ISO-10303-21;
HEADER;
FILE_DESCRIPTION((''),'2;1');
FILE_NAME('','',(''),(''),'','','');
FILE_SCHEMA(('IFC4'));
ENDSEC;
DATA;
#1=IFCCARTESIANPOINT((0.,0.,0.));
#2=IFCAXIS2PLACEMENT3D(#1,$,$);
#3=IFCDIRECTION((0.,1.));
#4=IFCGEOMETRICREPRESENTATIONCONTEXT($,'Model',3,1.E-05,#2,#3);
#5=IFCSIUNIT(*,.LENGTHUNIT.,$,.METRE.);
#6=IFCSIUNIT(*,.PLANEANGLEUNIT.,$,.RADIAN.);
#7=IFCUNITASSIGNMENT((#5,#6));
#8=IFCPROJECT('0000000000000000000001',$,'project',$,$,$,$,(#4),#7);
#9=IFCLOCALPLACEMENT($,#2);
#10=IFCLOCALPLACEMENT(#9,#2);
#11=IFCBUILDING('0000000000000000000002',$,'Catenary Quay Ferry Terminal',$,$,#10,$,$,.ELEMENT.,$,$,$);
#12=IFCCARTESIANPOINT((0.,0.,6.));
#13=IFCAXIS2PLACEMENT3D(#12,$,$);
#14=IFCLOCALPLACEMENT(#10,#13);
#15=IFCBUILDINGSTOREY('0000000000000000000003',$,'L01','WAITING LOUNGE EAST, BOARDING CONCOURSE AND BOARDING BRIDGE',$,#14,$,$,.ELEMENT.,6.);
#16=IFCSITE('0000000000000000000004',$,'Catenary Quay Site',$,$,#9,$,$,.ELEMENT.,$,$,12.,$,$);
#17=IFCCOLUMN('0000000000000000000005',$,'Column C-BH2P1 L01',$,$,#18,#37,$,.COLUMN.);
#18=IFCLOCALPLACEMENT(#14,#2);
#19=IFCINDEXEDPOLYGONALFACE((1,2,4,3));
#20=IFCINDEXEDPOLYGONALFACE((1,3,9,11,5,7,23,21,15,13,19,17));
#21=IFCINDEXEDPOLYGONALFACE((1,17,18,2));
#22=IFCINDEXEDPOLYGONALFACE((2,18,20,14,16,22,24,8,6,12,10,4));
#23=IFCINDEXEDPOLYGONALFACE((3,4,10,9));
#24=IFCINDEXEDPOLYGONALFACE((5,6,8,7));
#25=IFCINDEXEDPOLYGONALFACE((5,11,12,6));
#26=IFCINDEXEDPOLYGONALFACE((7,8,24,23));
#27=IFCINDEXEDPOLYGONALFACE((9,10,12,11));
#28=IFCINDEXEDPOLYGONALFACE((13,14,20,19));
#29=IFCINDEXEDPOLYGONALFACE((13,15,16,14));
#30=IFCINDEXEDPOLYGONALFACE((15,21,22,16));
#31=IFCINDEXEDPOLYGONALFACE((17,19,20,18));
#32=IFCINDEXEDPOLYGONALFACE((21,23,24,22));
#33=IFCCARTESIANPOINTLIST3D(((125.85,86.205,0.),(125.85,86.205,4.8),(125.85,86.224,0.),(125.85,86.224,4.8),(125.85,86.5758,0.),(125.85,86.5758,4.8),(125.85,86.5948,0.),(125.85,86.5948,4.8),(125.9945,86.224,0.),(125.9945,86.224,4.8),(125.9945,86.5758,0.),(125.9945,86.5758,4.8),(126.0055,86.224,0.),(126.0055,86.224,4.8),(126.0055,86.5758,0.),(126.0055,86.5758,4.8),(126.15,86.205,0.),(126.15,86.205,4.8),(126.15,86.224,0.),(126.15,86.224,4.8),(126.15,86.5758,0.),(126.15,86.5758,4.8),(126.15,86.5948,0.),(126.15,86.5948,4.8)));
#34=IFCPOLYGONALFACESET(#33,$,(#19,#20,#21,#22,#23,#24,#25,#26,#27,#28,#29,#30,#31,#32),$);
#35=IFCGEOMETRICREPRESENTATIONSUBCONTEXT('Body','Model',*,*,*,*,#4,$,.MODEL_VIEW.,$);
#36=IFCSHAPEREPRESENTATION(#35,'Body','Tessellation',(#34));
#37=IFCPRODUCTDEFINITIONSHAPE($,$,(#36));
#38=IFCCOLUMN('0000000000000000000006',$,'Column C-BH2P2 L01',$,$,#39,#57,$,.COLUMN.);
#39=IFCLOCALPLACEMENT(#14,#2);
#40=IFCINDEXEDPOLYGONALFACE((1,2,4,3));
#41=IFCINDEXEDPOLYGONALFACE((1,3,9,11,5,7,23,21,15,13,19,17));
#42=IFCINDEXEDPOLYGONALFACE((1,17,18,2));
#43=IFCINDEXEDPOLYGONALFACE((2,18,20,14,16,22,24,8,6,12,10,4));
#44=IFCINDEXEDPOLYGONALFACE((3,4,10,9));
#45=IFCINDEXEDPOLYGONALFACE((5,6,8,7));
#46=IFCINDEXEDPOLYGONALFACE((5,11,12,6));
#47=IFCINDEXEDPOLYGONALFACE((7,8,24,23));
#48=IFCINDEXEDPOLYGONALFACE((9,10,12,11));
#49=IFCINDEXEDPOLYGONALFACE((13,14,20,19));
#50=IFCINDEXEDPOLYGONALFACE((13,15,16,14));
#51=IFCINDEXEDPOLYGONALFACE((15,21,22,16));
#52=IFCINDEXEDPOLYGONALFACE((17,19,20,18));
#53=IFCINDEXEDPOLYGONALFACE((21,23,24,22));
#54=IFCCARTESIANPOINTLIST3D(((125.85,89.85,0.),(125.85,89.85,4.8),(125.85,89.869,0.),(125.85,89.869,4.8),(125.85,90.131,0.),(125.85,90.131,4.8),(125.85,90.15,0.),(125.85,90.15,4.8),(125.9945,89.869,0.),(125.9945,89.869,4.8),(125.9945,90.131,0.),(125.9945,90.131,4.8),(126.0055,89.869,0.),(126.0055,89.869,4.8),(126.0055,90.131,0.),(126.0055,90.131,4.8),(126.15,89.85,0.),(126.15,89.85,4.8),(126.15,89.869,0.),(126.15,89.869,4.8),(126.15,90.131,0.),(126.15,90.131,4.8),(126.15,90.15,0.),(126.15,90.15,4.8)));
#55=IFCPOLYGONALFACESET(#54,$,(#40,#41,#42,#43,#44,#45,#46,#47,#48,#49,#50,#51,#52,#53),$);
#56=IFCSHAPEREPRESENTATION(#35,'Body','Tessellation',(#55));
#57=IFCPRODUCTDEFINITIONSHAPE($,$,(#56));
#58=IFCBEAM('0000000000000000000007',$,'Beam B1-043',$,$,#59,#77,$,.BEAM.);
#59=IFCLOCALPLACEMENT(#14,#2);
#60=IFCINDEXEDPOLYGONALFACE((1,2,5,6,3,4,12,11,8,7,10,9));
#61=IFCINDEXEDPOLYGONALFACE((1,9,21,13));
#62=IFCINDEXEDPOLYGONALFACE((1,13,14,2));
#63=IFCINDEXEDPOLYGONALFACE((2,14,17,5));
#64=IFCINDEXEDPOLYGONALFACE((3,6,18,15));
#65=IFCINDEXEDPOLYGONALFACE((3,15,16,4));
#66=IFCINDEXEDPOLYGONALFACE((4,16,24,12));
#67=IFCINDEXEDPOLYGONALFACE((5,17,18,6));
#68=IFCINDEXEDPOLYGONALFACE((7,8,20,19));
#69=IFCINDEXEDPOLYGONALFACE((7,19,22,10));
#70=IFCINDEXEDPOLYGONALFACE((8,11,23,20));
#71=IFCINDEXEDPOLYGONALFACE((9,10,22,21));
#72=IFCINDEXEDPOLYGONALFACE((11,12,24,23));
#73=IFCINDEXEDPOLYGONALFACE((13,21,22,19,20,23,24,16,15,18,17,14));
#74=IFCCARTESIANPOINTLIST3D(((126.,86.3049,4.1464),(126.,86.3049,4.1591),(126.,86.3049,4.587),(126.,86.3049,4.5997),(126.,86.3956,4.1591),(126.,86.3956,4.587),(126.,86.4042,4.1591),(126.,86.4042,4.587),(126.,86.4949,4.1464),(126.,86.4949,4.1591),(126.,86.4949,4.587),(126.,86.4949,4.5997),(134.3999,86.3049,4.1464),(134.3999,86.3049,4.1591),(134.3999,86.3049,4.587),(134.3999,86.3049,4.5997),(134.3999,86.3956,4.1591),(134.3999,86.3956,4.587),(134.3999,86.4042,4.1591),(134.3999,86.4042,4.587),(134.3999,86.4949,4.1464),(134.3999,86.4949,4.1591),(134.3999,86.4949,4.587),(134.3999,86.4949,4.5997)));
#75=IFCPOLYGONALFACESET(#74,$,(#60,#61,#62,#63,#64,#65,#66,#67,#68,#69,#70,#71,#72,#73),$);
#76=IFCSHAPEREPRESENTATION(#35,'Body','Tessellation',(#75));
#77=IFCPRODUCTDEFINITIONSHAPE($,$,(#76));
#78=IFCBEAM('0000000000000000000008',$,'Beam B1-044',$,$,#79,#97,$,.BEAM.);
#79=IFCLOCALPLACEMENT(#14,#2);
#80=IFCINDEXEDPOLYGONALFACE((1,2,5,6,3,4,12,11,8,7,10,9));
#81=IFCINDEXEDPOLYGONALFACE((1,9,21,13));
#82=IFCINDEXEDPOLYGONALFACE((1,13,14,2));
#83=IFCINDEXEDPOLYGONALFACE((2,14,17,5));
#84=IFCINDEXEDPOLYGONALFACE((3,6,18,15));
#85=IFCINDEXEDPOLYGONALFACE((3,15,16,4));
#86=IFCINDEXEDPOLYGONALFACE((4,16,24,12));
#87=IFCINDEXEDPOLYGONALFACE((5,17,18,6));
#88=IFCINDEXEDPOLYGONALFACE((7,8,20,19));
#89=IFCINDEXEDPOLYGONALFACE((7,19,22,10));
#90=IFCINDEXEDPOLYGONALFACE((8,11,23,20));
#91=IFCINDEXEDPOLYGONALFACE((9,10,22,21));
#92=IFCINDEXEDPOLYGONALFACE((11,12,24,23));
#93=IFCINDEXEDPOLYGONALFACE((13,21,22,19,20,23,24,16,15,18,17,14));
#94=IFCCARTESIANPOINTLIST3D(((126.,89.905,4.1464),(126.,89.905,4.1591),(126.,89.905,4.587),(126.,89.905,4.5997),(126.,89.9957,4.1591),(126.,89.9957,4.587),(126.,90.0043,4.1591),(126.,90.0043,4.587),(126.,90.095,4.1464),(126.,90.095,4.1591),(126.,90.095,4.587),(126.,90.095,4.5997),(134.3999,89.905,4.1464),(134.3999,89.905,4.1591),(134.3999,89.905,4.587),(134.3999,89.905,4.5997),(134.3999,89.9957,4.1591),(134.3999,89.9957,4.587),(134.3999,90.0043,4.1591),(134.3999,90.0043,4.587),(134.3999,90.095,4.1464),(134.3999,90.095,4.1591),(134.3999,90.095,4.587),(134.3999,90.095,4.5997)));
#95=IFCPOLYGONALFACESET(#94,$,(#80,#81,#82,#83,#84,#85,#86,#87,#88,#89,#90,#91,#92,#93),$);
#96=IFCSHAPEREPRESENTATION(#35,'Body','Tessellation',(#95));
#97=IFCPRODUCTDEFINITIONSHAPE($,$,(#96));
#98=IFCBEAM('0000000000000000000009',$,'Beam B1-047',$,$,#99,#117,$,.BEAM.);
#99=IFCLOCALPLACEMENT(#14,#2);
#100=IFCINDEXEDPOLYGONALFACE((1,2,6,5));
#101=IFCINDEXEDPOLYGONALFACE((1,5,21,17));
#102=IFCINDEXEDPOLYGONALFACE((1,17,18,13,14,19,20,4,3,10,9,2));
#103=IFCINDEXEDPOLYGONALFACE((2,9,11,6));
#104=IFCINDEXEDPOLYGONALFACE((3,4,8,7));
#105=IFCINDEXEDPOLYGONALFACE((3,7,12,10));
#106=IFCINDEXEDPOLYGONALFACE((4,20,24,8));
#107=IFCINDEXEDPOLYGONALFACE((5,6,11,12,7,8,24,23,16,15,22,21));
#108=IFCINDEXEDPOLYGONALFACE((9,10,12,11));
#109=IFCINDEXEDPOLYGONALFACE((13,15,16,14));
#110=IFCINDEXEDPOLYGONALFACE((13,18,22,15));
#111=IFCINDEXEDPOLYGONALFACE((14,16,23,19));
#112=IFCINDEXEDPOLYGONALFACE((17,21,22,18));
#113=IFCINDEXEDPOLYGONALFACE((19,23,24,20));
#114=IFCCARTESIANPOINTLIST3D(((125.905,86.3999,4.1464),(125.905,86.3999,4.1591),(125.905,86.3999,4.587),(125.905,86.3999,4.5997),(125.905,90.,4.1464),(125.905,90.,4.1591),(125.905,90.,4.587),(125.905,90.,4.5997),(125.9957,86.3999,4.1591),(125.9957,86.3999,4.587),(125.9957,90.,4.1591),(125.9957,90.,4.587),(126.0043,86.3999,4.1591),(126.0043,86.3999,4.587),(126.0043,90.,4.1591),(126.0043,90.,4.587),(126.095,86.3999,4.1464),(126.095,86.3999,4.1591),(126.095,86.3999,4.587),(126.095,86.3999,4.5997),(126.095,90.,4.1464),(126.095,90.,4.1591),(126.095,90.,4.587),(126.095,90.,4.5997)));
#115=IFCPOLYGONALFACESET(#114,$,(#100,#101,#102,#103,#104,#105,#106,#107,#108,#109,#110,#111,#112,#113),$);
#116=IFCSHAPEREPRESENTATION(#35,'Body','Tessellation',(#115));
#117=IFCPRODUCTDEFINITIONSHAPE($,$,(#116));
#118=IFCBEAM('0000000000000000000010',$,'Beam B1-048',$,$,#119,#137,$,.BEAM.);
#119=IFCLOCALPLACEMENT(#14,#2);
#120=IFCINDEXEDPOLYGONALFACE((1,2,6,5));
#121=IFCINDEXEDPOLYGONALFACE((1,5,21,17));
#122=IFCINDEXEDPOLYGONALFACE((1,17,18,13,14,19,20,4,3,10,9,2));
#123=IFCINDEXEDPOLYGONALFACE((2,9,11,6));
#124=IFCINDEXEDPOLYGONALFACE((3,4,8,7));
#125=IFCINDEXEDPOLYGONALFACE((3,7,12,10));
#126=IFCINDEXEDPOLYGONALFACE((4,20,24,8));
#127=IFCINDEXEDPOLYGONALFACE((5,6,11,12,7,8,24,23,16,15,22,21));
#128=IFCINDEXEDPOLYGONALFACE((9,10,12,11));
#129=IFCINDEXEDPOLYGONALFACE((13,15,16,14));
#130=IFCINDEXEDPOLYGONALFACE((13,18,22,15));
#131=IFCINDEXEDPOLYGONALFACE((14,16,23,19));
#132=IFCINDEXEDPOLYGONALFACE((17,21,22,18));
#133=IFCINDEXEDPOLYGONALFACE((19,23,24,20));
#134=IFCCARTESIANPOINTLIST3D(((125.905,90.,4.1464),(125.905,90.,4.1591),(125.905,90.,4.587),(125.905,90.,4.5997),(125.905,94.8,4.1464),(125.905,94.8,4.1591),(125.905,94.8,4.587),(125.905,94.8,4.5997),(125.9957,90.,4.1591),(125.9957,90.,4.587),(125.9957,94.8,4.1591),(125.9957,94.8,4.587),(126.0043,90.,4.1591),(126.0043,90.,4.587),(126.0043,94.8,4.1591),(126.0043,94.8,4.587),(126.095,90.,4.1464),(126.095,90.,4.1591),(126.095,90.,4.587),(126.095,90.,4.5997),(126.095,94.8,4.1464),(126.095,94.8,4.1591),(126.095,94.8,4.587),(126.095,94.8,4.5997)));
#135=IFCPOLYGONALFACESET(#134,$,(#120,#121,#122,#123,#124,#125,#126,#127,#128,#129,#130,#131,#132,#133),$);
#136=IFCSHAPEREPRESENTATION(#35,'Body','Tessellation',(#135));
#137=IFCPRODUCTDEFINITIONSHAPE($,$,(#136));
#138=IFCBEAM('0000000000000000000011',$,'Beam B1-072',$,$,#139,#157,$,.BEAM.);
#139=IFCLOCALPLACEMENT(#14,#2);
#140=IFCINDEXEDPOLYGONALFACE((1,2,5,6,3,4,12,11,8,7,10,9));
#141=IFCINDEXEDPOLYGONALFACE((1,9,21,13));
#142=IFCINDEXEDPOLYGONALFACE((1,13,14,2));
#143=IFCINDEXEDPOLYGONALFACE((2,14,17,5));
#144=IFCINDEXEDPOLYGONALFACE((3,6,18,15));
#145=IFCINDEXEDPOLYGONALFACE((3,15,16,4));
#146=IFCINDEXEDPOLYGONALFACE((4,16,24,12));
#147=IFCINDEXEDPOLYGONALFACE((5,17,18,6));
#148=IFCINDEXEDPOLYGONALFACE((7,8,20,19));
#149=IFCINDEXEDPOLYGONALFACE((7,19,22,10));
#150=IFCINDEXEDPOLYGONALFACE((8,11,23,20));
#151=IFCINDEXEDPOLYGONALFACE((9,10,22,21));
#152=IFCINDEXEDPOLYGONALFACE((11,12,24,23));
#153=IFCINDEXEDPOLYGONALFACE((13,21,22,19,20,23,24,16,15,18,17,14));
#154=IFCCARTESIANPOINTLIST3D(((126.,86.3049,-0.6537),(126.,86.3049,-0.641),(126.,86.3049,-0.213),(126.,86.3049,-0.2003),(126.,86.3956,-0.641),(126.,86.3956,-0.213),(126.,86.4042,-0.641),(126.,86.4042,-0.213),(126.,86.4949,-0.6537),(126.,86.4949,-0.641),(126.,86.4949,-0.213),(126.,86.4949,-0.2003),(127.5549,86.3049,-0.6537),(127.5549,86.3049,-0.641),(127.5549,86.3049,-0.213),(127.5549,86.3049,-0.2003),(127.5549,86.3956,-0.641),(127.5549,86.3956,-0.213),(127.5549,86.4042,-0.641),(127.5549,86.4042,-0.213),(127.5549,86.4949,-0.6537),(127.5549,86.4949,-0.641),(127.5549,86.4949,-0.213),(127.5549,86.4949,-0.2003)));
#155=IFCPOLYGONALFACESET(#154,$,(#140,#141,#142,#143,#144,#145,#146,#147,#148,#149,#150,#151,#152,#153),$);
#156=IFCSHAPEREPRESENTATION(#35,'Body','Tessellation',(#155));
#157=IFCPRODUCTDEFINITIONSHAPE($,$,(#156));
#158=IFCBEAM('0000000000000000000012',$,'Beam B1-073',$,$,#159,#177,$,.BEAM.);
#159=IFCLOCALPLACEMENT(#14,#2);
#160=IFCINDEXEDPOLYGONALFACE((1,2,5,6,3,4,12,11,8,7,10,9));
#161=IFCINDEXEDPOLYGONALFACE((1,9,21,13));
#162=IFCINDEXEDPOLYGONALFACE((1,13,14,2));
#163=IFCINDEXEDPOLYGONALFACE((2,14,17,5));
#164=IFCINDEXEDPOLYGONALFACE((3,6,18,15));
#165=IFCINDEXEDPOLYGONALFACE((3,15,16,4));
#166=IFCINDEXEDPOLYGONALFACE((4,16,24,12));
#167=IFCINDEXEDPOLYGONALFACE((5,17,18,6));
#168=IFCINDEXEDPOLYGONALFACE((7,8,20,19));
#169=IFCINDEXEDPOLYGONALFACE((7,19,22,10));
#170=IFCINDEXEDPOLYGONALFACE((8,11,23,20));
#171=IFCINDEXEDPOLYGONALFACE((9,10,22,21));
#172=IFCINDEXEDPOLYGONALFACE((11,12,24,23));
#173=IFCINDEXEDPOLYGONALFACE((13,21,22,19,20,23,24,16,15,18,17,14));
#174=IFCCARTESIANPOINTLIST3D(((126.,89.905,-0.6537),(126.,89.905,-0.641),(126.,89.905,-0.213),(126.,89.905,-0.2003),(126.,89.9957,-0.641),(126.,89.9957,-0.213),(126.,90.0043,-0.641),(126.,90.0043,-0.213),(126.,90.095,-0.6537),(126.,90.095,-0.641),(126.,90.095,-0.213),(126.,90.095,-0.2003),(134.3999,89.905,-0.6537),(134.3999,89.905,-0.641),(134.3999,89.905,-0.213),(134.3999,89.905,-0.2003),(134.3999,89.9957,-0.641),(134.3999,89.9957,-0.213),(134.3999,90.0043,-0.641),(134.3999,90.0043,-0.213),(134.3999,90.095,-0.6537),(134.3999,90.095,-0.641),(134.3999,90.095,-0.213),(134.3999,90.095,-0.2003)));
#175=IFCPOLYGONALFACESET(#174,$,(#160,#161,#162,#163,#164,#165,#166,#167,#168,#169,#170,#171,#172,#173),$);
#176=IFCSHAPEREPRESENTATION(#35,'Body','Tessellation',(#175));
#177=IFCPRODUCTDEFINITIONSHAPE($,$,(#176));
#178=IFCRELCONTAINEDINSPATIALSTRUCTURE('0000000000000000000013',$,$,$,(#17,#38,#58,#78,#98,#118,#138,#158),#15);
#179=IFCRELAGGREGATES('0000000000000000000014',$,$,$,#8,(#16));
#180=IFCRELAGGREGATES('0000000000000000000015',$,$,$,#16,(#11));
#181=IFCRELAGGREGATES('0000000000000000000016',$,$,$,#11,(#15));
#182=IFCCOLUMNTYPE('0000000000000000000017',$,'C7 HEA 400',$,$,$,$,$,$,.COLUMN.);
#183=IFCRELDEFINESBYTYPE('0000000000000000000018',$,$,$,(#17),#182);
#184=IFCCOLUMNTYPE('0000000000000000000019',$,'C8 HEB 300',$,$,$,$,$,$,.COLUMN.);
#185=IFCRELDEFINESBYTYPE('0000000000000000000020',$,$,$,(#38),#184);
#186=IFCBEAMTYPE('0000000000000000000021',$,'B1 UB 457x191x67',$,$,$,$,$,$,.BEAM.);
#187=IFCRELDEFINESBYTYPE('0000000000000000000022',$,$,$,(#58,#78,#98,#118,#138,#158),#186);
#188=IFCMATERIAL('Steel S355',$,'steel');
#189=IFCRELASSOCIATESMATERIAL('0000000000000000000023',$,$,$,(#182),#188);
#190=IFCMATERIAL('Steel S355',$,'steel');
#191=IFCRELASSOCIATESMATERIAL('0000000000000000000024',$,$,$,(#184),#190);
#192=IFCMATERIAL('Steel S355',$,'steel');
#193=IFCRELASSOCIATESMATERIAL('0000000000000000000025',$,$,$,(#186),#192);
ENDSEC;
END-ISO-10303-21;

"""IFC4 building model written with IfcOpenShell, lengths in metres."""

from ifc_helpers import new_model, si_unit, direction, frame, origin, origin_2d, place, context, subcontext, project, spatial, i_section, extrude, material, material_profile, profile_set, type_object, element, save


model = new_model("IFC4")

# Units and contexts
model_context = context("Model", 3, precision=1e-05, world=origin(), true_north=direction((0.0, 1.0)))
body_context = subcontext(model_context, "Body", "Model", "MODEL_VIEW")
ifc_project = project(units=[si_unit("LENGTHUNIT", "METRE"), si_unit("PLANEANGLEUNIT", "RADIAN")], contexts=[model_context])

# Site, building, storey
site_placement = place(None, origin())
site = spatial("IfcSite", under=ifc_project, at=site_placement, Name="Catenary Quay Site", CompositionType="ELEMENT", RefElevation=12.0)
building_placement = place(site_placement, origin())
building = spatial("IfcBuilding", under=site, at=building_placement, Name="Catenary Quay Ferry Terminal", CompositionType="ELEMENT")
storey_placement = place(building_placement, frame((0.0, 0.0, 6.0)))
storey = spatial("IfcBuildingStorey", under=building, at=storey_placement, Name="L01", Description="WAITING LOUNGE EAST, BOARDING CONCOURSE AND BOARDING BRIDGE", CompositionType="ELEMENT", Elevation=6.0)

# Columns
ifc_material_1 = material(Name="Steel S355", Category="steel")
ifc_material_profile_1 = material_profile(ifc_material_1, i_section(OverallWidth=0.3, OverallDepth=0.3899, WebThickness=0.011, FlangeThickness=0.019, at=origin_2d()), Name="HEA 400")
ifc_profile_set_1 = profile_set([ifc_material_profile_1], Name="Steel S355")
column_type_1 = type_object("IfcColumnType", Name="C7 HEA 400", PredefinedType="COLUMN", material=ifc_profile_set_1)
column_1_placement = place(storey_placement, frame((126.0, 86.3999, 0.0), z_axis=(0.0, 0.0, 1.0), x_axis=(1.0, 0.0, 0.0)))
element("IfcColumn", 1, at=column_1_placement, inside=storey, type_object=column_type_1, Name="Column C-BH2P1 L01", PredefinedType="COLUMN", context=body_context, shape_type="SweptSolid", body=[
    extrude(i_section(OverallWidth=0.3, OverallDepth=0.3899, WebThickness=0.011, FlangeThickness=0.019, at=origin_2d()), origin(), (0.0, 0.0, 1.0), 4.8),
])
ifc_material_2 = material(Name="Steel S355", Category="steel")
ifc_material_profile_2 = material_profile(ifc_material_2, i_section(OverallWidth=0.3, OverallDepth=0.3, WebThickness=0.011, FlangeThickness=0.019, at=origin_2d()), Name="HEB 300")
ifc_profile_set_2 = profile_set([ifc_material_profile_2], Name="Steel S355")
column_type_2 = type_object("IfcColumnType", Name="C8 HEB 300", PredefinedType="COLUMN", material=ifc_profile_set_2)
column_2_placement = place(storey_placement, frame((126.0, 90.0, 0.0), z_axis=(0.0, 0.0, 1.0), x_axis=(1.0, 0.0, 0.0)))
element("IfcColumn", 2, at=column_2_placement, inside=storey, type_object=column_type_2, Name="Column C-BH2P2 L01", PredefinedType="COLUMN", context=body_context, shape_type="SweptSolid", body=[
    extrude(i_section(OverallWidth=0.3, OverallDepth=0.3, WebThickness=0.011, FlangeThickness=0.019, at=origin_2d()), origin(), (0.0, 0.0, 1.0), 4.8),
])

# Beams
ifc_material_3 = material(Name="Steel S355", Category="steel")
ifc_material_profile_3 = material_profile(ifc_material_3, i_section(OverallWidth=0.1899, OverallDepth=0.4534, WebThickness=0.0085, FlangeThickness=0.0127, at=origin_2d()), Name="UB 457x191x67")
ifc_profile_set_3 = profile_set([ifc_material_profile_3], Name="Steel S355")
beam_type_1 = type_object("IfcBeamType", Name="B1 UB 457x191x67", PredefinedType="BEAM", material=ifc_profile_set_3)
for number, where, z_axis, x_axis, name in (
    (3, (126.0, 86.3999, 4.373), (1.0, 0.0, 0.0), (0.0, 1.0, 0.0), "Beam B1-043"),
    (4, (126.0, 90.0, 4.373), (1.0, 0.0, 0.0), (0.0, 1.0, 0.0), "Beam B1-044"),
):
    element("IfcBeam", number, at=place(storey_placement, frame(where, z_axis=z_axis, x_axis=x_axis)), inside=storey, type_object=beam_type_1, Name=name, PredefinedType="BEAM", context=body_context, shape_type="SweptSolid", body=[
        extrude(i_section(OverallWidth=0.1899, OverallDepth=0.4534, WebThickness=0.0085, FlangeThickness=0.0127, at=origin_2d()), origin(), (0.0, 0.0, 1.0), 8.3999),
    ])
beam_1_placement = place(storey_placement, frame((126.0, 86.3999, 4.373), z_axis=(0.0, 1.0, 0.0), x_axis=(-1.0, 0.0, 0.0)))
element("IfcBeam", 5, at=beam_1_placement, inside=storey, type_object=beam_type_1, Name="Beam B1-047", PredefinedType="BEAM", context=body_context, shape_type="SweptSolid", body=[
    extrude(i_section(OverallWidth=0.1899, OverallDepth=0.4534, WebThickness=0.0085, FlangeThickness=0.0127, at=origin_2d()), origin(), (0.0, 0.0, 1.0), 3.6001),
])
beam_2_placement = place(storey_placement, frame((126.0, 90.0, 4.373), z_axis=(0.0, 1.0, 0.0), x_axis=(-1.0, 0.0, 0.0)))
element("IfcBeam", 6, at=beam_2_placement, inside=storey, type_object=beam_type_1, Name="Beam B1-048", PredefinedType="BEAM", context=body_context, shape_type="SweptSolid", body=[
    extrude(i_section(OverallWidth=0.1899, OverallDepth=0.4534, WebThickness=0.0085, FlangeThickness=0.0127, at=origin_2d()), origin(), (0.0, 0.0, 1.0), 4.8),
])
beam_3_placement = place(storey_placement, frame((126.0, 86.3999, -0.427), z_axis=(1.0, 0.0, 0.0), x_axis=(0.0, 1.0, 0.0)))
element("IfcBeam", 7, at=beam_3_placement, inside=storey, type_object=beam_type_1, Name="Beam B1-072", PredefinedType="BEAM", context=body_context, shape_type="SweptSolid", body=[
    extrude(i_section(OverallWidth=0.1899, OverallDepth=0.4534, WebThickness=0.0085, FlangeThickness=0.0127, at=origin_2d()), origin(), (0.0, 0.0, 1.0), 1.5549),
])
beam_4_placement = place(storey_placement, frame((126.0, 90.0, -0.427), z_axis=(1.0, 0.0, 0.0), x_axis=(0.0, 1.0, 0.0)))
element("IfcBeam", 8, at=beam_4_placement, inside=storey, type_object=beam_type_1, Name="Beam B1-073", PredefinedType="BEAM", context=body_context, shape_type="SweptSolid", body=[
    extrude(i_section(OverallWidth=0.1899, OverallDepth=0.4534, WebThickness=0.0085, FlangeThickness=0.0127, at=origin_2d()), origin(), (0.0, 0.0, 1.0), 8.3999),
])

save(model, "model.ifc")
